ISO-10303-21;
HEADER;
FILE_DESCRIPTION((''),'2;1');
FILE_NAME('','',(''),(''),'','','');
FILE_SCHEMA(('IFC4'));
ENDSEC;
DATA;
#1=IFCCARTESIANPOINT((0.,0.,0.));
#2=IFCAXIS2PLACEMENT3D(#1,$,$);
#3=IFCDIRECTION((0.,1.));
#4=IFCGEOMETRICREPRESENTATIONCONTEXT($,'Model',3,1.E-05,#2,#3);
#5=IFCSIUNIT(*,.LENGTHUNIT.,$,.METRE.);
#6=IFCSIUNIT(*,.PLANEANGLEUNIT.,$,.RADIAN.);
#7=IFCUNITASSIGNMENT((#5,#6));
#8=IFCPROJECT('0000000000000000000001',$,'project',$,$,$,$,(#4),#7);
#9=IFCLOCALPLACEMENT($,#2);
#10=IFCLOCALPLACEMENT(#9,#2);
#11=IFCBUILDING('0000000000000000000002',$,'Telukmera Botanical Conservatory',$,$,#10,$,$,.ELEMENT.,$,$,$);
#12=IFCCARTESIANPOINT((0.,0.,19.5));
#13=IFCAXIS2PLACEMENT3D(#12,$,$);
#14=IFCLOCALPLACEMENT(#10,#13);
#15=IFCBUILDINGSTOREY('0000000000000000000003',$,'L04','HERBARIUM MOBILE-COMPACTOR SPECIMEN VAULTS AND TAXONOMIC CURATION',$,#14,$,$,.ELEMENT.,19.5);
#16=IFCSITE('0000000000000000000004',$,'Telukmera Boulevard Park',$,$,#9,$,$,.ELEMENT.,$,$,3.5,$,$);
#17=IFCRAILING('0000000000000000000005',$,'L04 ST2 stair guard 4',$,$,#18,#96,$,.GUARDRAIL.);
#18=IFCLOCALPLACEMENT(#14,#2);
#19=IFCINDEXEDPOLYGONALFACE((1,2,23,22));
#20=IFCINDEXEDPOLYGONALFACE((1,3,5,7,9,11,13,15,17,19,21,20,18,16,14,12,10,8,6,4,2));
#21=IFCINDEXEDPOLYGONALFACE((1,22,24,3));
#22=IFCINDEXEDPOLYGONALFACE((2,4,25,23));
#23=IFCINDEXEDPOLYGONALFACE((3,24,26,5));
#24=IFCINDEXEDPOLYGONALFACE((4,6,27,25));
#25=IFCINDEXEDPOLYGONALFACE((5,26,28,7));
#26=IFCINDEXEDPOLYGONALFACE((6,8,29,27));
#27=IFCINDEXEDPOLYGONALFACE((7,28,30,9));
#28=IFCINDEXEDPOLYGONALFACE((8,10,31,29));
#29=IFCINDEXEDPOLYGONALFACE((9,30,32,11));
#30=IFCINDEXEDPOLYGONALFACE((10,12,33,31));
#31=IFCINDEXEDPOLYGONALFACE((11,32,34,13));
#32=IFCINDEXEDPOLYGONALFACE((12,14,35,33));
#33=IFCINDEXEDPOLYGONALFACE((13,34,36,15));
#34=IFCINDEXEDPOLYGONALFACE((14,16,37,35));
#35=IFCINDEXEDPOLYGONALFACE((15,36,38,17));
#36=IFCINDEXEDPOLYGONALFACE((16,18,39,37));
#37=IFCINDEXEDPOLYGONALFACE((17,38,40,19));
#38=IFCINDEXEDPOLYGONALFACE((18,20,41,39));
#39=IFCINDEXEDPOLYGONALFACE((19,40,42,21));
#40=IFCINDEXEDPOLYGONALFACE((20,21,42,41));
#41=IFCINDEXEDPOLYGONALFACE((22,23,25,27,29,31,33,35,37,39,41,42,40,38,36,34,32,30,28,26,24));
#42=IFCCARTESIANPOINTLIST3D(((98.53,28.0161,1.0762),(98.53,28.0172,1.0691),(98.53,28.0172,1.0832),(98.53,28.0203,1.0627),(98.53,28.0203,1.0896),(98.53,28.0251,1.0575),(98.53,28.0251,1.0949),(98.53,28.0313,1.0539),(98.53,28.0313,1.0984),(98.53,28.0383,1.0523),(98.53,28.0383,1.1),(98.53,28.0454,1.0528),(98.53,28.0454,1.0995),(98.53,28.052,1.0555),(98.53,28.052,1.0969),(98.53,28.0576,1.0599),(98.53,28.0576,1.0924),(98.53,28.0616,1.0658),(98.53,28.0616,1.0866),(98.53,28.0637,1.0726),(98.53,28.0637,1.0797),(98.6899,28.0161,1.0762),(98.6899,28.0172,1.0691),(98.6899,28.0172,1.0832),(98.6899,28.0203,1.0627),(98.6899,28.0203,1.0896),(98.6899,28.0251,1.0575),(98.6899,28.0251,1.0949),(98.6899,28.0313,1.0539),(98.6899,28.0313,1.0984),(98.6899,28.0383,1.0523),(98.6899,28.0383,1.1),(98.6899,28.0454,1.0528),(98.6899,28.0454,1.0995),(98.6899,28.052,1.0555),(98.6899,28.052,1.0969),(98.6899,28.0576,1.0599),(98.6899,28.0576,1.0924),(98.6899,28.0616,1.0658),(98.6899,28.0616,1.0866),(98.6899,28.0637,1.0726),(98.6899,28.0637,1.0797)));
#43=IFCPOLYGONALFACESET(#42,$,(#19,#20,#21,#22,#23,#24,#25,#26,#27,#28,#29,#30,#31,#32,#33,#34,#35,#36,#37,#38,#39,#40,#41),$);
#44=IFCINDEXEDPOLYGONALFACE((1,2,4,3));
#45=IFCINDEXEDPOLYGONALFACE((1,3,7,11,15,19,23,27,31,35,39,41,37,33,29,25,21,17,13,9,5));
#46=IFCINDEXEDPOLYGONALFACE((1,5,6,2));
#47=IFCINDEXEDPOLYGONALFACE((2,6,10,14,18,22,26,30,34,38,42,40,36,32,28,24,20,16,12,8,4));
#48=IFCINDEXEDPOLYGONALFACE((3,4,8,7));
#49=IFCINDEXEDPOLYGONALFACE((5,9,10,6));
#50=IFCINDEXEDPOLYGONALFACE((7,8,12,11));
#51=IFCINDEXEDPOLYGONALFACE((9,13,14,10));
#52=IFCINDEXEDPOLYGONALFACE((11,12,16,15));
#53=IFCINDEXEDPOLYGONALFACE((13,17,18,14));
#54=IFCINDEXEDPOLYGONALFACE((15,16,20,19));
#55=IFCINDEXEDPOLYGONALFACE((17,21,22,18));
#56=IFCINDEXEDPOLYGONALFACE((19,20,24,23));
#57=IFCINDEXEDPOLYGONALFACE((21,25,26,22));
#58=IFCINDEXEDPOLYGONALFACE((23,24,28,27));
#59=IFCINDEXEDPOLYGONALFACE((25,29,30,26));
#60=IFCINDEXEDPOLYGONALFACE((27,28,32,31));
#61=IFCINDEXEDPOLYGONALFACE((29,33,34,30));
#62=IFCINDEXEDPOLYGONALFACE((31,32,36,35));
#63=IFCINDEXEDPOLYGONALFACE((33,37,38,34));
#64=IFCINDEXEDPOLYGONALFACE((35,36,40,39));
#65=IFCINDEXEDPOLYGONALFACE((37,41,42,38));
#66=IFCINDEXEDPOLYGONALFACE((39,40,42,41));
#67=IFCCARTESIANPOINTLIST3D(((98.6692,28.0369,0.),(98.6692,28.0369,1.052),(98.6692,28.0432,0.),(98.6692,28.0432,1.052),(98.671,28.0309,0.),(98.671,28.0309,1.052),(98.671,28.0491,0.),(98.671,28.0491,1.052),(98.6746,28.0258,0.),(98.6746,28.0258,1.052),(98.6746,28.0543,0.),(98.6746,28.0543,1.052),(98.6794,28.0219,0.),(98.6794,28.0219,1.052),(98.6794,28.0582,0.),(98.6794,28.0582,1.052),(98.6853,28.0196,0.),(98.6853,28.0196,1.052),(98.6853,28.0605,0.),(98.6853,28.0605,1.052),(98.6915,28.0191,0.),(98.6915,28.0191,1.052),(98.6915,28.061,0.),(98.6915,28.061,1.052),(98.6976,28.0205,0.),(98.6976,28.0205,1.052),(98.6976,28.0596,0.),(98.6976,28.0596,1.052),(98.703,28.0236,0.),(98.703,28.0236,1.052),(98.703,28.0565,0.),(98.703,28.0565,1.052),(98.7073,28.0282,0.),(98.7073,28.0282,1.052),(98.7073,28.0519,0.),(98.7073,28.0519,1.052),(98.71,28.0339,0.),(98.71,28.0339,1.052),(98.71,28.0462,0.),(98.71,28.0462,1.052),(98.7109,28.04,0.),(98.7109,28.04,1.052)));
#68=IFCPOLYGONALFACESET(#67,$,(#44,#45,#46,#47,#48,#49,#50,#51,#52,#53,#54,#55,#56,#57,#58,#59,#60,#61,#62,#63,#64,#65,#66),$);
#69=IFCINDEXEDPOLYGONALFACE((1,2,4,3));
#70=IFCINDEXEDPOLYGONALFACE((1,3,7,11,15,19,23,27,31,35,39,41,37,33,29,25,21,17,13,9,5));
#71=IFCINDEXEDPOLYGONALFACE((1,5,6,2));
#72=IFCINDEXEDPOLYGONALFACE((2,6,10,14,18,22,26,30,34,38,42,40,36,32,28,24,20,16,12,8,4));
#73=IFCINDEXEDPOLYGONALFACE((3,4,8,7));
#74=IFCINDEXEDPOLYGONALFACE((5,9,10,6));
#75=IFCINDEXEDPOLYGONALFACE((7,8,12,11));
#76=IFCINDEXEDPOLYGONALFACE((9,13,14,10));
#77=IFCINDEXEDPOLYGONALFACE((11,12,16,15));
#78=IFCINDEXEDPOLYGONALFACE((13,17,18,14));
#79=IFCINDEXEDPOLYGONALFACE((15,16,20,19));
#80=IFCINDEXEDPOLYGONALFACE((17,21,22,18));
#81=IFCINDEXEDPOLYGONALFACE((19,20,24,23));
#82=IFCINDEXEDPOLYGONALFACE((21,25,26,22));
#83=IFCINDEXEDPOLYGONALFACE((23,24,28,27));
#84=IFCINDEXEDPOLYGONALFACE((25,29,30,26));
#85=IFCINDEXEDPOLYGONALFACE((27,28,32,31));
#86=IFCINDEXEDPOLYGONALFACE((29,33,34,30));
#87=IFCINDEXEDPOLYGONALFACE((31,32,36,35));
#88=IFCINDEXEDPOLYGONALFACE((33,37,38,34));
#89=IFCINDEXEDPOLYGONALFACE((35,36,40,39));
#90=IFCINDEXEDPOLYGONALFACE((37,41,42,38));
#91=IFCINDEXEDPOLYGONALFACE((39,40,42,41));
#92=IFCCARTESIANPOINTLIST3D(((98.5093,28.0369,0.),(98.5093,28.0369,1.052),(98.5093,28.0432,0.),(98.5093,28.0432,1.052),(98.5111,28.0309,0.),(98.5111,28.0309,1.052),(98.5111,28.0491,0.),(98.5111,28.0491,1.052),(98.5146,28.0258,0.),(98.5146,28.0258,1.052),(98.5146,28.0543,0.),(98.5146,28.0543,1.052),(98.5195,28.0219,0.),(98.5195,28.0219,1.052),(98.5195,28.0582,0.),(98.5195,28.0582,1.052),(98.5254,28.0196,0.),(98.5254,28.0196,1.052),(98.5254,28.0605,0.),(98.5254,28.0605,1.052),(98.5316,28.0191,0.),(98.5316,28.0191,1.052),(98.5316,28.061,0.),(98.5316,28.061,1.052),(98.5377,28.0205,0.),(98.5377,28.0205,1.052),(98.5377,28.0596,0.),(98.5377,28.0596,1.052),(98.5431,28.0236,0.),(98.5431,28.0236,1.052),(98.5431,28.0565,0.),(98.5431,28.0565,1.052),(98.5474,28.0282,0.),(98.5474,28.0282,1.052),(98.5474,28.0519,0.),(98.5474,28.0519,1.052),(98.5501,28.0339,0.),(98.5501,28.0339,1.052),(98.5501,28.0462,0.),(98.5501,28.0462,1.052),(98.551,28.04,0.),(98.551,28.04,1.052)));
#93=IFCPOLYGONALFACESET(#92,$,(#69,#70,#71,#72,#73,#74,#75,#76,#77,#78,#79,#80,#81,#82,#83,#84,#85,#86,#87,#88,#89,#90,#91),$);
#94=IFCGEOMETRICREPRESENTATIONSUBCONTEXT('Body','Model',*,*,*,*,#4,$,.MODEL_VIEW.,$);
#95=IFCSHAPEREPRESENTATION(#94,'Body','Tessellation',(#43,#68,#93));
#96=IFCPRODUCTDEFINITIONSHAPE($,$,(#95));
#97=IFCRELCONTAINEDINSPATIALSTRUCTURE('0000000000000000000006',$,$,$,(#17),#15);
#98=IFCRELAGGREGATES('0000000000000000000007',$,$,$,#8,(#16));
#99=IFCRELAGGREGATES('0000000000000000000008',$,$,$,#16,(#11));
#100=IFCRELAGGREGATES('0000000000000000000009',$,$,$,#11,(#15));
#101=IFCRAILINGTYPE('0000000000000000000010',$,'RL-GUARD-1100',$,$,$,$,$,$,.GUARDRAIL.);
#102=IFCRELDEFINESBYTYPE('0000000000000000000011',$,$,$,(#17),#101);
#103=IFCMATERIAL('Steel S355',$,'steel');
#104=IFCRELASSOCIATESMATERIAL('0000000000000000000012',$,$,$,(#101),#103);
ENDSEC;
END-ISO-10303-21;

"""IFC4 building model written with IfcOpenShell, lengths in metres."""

from ifc_helpers import new_model, si_unit, direction, frame, origin, origin_2d, place, context, subcontext, project, spatial, circle, extrude, material, type_object, element, save


model = new_model("IFC4")

# Units and contexts
model_context = context("Model", 3, precision=1e-05, world=origin(), true_north=direction((0.0, 1.0)))
body_context = subcontext(model_context, "Body", "Model", "MODEL_VIEW")
ifc_project = project(units=[si_unit("LENGTHUNIT", "METRE"), si_unit("PLANEANGLEUNIT", "RADIAN")], contexts=[model_context])

# Site, building, storey
site_placement = place(None, origin())
site = spatial("IfcSite", under=ifc_project, at=site_placement, Name="Telukmera Boulevard Park", CompositionType="ELEMENT", RefElevation=3.5)
building_placement = place(site_placement, origin())
building = spatial("IfcBuilding", under=site, at=building_placement, Name="Telukmera Botanical Conservatory", CompositionType="ELEMENT")
storey_placement = place(building_placement, frame((0.0, 0.0, 19.5)))
storey = spatial("IfcBuildingStorey", under=building, at=storey_placement, Name="L04", Description="HERBARIUM MOBILE-COMPACTOR SPECIMEN VAULTS AND TAXONOMIC CURATION", CompositionType="ELEMENT", Elevation=19.5)

# Railing
ifc_material_1 = material(Name="Steel S355", Category="steel")
railing_type_1 = type_object("IfcRailingType", Name="RL-GUARD-1100", PredefinedType="GUARDRAIL", material=ifc_material_1)
railing_1_placement = place(storey_placement, frame((98.6899, 28.04, 0.0)))
element("IfcRailing", 1, at=railing_1_placement, inside=storey, type_object=railing_type_1, Name="L04 ST2 stair guard 4", PredefinedType="GUARDRAIL", context=body_context, shape_type="SweptSolid", body=[
    extrude(circle(Radius=0.0239, at=origin_2d()), frame((0.0, 0.0, 1.0762), z_axis=(-1.0, 0.0, 0.0), x_axis=(0.0, -1.0, 0.0)), (0.0, 0.0, 1.0), 0.1599),
    extrude(circle(Radius=0.021, at=origin_2d()), origin(), (0.0, 0.0, 1.0), 1.052),
    extrude(circle(Radius=0.021, at=origin_2d()), frame((-0.1599, 0.0, 0.0)), (0.0, 0.0, 1.0), 1.052),
])

save(model, "model.ifc")
